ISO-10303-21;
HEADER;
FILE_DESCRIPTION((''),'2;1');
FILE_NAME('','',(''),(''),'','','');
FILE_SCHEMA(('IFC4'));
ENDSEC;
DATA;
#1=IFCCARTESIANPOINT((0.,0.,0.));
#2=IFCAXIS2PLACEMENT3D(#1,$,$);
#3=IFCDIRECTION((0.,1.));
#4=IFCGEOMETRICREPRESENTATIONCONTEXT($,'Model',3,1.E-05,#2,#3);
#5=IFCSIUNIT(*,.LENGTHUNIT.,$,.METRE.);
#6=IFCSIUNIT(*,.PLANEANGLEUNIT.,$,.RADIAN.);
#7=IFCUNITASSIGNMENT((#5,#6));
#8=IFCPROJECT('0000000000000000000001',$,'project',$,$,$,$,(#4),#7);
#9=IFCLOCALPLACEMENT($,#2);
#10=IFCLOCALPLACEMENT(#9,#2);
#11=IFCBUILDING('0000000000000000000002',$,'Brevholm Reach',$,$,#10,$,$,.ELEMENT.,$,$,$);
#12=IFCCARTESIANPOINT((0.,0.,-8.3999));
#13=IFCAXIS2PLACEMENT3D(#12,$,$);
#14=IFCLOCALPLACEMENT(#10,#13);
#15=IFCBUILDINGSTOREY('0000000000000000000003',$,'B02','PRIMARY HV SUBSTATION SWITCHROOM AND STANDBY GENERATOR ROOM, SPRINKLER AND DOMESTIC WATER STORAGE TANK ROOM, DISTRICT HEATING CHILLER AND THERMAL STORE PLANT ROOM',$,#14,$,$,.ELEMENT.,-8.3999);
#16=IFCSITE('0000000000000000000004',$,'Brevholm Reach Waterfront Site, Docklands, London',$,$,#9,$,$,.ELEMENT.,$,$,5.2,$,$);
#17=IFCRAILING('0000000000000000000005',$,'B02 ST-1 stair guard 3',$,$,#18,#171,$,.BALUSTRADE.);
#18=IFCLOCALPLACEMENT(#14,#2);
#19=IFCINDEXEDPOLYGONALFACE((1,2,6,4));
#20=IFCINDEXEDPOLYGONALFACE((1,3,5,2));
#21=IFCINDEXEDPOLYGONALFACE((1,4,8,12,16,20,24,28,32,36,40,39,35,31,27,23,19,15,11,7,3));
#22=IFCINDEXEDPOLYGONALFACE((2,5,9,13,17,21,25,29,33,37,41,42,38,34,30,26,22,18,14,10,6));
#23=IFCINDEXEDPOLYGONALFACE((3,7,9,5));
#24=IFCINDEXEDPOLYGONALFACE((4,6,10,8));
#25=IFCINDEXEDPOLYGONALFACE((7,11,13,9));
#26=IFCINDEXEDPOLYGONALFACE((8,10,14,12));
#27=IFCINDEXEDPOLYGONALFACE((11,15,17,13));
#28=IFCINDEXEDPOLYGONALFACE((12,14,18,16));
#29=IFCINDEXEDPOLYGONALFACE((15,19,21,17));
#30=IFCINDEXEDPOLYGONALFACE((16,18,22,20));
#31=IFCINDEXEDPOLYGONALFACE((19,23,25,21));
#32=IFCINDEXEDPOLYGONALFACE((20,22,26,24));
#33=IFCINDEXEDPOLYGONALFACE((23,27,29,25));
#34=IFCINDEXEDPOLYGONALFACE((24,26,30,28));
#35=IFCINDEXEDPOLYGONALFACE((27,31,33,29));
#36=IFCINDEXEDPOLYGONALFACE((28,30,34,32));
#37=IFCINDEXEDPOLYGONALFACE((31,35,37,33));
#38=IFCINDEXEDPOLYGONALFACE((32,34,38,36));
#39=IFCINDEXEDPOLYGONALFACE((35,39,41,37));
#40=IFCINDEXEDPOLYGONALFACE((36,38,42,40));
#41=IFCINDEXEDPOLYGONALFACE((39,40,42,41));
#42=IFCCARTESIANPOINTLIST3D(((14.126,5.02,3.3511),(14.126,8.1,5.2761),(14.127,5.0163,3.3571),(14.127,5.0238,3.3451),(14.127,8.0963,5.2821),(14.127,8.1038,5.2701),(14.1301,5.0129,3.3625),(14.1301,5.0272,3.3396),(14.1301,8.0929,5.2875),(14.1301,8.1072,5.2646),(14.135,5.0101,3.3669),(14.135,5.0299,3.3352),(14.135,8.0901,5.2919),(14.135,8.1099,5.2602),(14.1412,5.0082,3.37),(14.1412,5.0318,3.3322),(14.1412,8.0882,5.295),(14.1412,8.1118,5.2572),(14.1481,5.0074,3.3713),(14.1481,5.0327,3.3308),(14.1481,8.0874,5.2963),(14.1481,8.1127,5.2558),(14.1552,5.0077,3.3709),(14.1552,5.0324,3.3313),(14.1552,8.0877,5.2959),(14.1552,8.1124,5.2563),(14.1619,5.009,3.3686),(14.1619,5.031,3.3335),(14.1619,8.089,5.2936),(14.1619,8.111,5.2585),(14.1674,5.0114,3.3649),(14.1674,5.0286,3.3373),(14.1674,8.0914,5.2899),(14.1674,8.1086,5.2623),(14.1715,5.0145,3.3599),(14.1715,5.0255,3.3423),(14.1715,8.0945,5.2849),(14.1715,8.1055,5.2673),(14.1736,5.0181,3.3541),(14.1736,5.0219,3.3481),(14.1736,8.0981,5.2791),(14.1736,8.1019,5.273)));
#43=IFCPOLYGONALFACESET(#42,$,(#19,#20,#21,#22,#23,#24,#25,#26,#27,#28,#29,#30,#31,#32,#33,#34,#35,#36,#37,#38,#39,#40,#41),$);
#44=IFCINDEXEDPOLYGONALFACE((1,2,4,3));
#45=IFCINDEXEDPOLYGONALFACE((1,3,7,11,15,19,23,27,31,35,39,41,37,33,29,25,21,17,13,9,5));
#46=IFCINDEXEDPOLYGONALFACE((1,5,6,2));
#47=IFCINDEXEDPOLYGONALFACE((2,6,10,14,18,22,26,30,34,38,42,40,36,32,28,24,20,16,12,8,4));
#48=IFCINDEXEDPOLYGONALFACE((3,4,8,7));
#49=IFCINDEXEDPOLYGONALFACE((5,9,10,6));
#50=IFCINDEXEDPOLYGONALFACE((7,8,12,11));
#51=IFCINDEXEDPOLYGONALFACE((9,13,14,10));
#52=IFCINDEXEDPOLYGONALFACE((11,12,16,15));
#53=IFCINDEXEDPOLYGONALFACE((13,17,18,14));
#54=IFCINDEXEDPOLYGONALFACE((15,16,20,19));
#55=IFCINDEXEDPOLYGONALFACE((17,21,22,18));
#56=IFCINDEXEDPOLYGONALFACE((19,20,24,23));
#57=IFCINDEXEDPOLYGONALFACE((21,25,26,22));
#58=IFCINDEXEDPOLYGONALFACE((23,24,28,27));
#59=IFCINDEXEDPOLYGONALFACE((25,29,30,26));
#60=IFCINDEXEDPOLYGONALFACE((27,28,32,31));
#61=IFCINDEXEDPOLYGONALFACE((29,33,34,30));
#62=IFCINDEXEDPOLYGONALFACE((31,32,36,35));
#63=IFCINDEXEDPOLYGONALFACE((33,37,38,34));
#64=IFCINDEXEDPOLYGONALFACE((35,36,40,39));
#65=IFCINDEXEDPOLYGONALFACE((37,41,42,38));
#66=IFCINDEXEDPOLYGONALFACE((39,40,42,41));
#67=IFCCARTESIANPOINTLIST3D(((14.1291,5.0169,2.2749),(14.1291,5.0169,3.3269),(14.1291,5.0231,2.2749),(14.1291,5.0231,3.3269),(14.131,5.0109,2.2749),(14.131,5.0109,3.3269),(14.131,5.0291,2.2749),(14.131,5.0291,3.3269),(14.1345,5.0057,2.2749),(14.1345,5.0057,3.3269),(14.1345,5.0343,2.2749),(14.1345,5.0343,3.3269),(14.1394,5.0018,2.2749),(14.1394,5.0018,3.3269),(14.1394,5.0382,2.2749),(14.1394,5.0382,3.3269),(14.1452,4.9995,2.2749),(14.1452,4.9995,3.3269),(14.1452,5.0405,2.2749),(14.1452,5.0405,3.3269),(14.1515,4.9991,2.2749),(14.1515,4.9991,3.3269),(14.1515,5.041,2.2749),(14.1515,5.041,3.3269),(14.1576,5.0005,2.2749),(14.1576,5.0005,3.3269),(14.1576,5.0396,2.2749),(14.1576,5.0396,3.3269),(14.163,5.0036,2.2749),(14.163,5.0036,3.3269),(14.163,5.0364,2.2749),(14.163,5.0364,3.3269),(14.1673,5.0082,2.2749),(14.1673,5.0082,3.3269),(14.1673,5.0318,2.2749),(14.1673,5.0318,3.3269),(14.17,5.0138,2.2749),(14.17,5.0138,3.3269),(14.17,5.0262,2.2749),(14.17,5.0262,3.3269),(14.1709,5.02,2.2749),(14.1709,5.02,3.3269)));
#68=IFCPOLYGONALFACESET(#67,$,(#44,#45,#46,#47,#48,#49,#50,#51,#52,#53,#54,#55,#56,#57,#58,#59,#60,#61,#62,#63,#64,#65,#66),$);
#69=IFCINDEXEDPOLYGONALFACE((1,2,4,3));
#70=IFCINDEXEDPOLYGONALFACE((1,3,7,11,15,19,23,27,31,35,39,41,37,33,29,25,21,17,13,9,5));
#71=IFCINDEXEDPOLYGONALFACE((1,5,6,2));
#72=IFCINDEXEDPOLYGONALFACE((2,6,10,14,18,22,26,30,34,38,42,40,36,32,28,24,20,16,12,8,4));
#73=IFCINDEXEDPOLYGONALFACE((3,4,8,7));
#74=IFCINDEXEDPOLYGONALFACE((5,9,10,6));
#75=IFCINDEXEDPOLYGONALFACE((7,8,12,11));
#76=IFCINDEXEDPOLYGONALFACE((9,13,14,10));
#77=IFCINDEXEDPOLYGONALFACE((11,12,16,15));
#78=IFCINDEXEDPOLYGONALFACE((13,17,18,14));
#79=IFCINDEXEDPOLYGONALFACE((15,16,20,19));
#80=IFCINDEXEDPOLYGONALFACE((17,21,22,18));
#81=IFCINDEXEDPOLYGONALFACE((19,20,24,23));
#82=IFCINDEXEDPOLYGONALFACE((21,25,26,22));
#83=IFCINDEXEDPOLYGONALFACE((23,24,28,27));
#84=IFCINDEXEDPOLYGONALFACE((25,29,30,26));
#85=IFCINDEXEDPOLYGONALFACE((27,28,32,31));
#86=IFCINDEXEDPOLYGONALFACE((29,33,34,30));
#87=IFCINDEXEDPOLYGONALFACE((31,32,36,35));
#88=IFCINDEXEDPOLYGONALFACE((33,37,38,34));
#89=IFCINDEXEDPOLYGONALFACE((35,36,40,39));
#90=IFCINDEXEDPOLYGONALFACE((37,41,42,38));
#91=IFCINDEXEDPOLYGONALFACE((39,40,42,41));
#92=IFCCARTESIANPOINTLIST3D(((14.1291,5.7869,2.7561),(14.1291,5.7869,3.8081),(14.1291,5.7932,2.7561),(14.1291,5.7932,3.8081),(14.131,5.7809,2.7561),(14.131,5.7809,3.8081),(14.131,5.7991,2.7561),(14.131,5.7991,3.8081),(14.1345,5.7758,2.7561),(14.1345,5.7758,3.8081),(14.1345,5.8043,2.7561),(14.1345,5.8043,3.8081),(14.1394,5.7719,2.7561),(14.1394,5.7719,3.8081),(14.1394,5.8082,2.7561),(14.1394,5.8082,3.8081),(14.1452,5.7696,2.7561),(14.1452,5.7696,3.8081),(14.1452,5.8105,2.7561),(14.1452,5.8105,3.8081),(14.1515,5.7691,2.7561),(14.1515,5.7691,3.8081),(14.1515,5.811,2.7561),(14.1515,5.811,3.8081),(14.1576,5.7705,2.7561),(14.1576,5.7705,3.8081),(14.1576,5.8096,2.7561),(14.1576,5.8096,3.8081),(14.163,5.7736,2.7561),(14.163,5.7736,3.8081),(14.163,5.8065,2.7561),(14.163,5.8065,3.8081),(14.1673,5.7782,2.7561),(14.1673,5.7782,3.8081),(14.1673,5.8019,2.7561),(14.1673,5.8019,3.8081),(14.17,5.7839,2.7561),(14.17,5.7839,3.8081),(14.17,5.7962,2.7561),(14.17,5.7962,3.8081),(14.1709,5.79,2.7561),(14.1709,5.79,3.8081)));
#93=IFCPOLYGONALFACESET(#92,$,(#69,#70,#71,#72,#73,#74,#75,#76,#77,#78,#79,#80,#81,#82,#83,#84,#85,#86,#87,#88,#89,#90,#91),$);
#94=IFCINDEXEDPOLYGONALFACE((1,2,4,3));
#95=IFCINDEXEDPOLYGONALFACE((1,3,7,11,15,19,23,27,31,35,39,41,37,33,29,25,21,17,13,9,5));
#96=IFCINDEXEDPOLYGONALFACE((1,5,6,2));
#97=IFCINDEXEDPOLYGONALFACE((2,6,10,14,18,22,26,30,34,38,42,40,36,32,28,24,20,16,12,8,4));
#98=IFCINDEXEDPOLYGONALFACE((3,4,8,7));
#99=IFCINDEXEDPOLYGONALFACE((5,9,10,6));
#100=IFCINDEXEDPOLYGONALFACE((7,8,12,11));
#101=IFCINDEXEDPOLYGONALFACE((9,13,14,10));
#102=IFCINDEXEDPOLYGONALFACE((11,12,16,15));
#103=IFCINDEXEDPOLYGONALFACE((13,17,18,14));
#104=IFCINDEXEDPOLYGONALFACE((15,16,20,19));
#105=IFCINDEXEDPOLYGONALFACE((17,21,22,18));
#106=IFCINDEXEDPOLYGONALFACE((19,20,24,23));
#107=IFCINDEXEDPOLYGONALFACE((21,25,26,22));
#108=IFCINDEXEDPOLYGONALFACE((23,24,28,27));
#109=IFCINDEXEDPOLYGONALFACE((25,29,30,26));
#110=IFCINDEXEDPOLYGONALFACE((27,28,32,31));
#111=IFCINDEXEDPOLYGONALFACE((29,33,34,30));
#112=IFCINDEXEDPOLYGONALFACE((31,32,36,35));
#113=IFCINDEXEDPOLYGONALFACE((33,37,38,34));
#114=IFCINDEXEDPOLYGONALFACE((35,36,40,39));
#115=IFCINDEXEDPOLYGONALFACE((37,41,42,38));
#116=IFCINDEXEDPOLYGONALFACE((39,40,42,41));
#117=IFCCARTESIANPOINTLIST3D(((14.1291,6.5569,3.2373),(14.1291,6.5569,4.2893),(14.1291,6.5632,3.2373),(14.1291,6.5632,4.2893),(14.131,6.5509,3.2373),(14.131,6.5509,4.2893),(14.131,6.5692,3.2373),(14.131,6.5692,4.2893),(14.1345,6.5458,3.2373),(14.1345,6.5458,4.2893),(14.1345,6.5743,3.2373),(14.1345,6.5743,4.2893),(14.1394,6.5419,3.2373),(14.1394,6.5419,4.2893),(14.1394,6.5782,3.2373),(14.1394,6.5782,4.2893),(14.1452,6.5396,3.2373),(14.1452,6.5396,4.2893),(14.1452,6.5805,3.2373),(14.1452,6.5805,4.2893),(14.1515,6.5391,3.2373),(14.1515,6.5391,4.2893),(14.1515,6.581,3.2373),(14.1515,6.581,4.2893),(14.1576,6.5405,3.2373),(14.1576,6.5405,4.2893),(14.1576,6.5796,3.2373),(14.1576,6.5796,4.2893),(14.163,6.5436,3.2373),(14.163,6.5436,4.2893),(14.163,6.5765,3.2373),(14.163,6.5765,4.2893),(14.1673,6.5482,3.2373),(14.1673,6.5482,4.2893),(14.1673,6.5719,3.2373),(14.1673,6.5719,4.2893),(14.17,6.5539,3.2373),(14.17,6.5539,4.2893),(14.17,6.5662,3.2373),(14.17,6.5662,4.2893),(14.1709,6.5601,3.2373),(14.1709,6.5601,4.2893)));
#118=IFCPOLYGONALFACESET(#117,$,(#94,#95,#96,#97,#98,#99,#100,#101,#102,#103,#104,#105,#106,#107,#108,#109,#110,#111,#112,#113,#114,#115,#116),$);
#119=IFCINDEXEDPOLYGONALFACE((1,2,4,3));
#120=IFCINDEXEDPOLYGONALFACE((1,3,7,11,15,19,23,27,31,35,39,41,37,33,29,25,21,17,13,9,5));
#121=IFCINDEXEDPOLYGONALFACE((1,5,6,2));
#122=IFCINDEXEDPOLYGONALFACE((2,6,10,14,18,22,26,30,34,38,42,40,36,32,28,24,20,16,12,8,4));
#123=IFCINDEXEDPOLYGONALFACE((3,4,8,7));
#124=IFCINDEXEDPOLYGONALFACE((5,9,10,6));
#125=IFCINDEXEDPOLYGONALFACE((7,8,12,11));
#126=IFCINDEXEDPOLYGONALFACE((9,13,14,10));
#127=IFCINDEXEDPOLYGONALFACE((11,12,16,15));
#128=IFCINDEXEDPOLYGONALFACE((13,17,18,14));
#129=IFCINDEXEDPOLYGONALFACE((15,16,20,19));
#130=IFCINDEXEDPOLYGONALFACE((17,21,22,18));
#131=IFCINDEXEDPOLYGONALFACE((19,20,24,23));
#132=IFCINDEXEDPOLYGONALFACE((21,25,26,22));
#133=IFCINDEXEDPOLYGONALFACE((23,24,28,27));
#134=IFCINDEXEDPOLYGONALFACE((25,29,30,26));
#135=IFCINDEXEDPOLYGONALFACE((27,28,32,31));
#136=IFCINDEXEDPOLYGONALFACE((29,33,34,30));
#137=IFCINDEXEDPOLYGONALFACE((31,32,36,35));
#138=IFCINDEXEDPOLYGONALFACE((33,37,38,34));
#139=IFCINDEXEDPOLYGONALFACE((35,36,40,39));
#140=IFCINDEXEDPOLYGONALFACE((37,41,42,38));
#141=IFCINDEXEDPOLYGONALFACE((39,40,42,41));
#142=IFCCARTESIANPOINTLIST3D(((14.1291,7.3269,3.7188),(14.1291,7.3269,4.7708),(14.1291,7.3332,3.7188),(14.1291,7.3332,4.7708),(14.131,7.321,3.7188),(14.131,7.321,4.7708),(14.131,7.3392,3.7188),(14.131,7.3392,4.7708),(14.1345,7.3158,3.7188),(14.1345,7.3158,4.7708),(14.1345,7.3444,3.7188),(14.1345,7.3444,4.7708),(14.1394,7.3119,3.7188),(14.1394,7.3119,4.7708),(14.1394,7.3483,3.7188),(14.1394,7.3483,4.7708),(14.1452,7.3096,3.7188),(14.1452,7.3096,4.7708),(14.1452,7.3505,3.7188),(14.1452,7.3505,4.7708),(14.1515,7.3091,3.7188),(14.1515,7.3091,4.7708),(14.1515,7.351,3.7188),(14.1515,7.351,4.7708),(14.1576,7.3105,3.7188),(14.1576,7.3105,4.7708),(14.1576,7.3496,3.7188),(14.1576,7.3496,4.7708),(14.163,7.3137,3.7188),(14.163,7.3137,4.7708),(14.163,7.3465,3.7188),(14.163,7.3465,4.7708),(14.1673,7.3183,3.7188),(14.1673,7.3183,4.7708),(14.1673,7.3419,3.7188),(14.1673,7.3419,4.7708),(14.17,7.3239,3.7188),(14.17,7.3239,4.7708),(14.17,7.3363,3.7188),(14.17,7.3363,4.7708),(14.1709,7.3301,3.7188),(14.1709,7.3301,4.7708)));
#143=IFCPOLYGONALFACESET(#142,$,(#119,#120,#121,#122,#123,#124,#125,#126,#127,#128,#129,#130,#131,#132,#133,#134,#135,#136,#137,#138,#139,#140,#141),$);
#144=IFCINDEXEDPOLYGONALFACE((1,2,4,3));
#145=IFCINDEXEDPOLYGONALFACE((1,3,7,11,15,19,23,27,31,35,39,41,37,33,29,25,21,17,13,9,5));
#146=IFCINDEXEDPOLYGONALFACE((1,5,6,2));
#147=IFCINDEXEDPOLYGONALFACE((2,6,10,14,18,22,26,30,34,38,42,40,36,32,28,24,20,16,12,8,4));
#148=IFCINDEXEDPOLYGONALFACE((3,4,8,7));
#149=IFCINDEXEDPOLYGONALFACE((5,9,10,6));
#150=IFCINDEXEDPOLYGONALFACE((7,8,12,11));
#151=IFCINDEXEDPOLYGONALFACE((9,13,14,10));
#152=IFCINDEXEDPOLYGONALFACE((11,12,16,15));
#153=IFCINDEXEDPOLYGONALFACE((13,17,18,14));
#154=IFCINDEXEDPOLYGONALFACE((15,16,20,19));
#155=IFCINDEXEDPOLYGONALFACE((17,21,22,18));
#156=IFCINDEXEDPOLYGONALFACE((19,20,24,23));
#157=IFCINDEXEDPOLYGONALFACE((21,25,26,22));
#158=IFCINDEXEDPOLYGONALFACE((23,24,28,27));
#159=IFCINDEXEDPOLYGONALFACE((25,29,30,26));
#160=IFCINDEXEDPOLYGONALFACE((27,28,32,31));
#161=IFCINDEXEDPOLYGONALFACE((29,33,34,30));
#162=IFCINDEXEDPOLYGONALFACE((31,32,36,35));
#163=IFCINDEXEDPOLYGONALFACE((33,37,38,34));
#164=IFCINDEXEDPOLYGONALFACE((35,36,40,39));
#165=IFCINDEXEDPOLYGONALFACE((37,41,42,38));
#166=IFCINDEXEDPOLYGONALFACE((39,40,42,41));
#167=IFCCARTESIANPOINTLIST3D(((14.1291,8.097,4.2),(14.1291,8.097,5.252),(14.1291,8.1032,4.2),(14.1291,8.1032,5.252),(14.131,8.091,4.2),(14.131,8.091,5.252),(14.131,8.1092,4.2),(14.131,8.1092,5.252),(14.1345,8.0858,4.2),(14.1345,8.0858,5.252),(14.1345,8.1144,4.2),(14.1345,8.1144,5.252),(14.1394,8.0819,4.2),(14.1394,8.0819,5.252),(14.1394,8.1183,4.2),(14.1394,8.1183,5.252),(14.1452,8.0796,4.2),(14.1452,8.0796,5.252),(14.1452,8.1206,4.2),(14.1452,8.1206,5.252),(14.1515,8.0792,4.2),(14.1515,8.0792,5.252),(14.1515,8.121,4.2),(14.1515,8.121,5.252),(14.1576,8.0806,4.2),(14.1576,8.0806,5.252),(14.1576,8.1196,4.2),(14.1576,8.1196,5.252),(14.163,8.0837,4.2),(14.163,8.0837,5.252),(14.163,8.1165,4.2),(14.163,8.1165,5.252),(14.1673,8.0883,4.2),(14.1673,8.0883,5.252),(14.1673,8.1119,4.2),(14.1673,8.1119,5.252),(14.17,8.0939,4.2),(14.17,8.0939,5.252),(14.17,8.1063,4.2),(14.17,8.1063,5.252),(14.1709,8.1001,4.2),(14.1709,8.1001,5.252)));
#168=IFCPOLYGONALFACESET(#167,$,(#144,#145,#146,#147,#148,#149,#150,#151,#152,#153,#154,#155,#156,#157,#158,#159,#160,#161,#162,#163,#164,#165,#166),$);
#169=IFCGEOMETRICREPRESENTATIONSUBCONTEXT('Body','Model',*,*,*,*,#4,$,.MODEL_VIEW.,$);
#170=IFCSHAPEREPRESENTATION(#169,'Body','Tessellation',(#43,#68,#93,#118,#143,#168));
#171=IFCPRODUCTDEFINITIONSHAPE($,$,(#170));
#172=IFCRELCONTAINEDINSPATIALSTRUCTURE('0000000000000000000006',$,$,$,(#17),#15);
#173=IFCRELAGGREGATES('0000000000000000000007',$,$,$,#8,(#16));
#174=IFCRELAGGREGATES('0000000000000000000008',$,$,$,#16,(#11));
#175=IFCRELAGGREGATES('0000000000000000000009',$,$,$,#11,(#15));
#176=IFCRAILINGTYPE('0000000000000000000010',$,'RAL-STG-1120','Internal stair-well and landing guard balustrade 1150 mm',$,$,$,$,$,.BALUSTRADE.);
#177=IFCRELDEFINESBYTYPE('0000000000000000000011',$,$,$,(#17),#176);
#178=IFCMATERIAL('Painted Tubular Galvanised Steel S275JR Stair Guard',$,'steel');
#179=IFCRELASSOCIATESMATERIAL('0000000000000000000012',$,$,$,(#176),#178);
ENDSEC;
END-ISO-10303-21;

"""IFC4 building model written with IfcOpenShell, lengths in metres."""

from ifc_helpers import new_model, si_unit, direction, frame, origin, origin_2d, place, context, subcontext, project, spatial, circle, extrude, material, type_object, element, save


model = new_model("IFC4")

# Units and contexts
model_context = context("Model", 3, precision=1e-05, world=origin(), true_north=direction((0.0, 1.0)))
body_context = subcontext(model_context, "Body", "Model", "MODEL_VIEW")
ifc_project = project(units=[si_unit("LENGTHUNIT", "METRE"), si_unit("PLANEANGLEUNIT", "RADIAN")], contexts=[model_context])

# Site, building, storey
site_placement = place(None, origin())
site = spatial("IfcSite", under=ifc_project, at=site_placement, Name="Brevholm Reach Waterfront Site, Docklands, London", CompositionType="ELEMENT", RefElevation=5.2)
building_placement = place(site_placement, origin())
building = spatial("IfcBuilding", under=site, at=building_placement, Name="Brevholm Reach", CompositionType="ELEMENT")
storey_placement = place(building_placement, frame((0.0, 0.0, -8.3999)))
storey = spatial("IfcBuildingStorey", under=building, at=storey_placement, Name="B02", Description="PRIMARY HV SUBSTATION SWITCHROOM AND STANDBY GENERATOR ROOM, SPRINKLER AND DOMESTIC WATER STORAGE TANK ROOM, DISTRICT HEATING CHILLER AND THERMAL STORE PLANT ROOM", CompositionType="ELEMENT", Elevation=-8.3999)

# Railing
ifc_material_1 = material(Name="Painted Tubular Galvanised Steel S275JR Stair Guard", Category="steel")
railing_type_1 = type_object("IfcRailingType", Name="RAL-STG-1120", Description="Internal stair-well and landing guard balustrade 1150 mm", PredefinedType="BALUSTRADE", material=ifc_material_1)
railing_1_placement = place(storey_placement, frame((14.1499, 5.02, 2.2749)))
element("IfcRailing", 1, at=railing_1_placement, inside=storey, type_object=railing_type_1, Name="B02 ST-1 stair guard 3", PredefinedType="BALUSTRADE", context=body_context, shape_type="SweptSolid", body=[
    extrude(circle(Radius=0.0239, at=origin_2d()), frame((0.0, 0.0, 1.0762), z_axis=(0.0, 0.847998, 0.529999), x_axis=(-1.0, 0.0, 0.0)), (0.0, 0.0, 1.0), 3.6321),
    extrude(circle(Radius=0.021, at=origin_2d()), origin(), (0.0, 0.0, 1.0), 1.052),
    extrude(circle(Radius=0.021, at=origin_2d()), frame((0.0, 0.77, 0.4812)), (0.0, 0.0, 1.0), 1.052),
    extrude(circle(Radius=0.021, at=origin_2d()), frame((0.0, 1.54, 0.9624)), (0.0, 0.0, 1.0), 1.052),
    extrude(circle(Radius=0.021, at=origin_2d()), frame((0.0, 2.3101, 1.4438)), (0.0, 0.0, 1.0), 1.052),
    extrude(circle(Radius=0.021, at=origin_2d()), frame((0.0, 3.0801, 1.925)), (0.0, 0.0, 1.0), 1.052),
])

save(model, "model.ifc")
